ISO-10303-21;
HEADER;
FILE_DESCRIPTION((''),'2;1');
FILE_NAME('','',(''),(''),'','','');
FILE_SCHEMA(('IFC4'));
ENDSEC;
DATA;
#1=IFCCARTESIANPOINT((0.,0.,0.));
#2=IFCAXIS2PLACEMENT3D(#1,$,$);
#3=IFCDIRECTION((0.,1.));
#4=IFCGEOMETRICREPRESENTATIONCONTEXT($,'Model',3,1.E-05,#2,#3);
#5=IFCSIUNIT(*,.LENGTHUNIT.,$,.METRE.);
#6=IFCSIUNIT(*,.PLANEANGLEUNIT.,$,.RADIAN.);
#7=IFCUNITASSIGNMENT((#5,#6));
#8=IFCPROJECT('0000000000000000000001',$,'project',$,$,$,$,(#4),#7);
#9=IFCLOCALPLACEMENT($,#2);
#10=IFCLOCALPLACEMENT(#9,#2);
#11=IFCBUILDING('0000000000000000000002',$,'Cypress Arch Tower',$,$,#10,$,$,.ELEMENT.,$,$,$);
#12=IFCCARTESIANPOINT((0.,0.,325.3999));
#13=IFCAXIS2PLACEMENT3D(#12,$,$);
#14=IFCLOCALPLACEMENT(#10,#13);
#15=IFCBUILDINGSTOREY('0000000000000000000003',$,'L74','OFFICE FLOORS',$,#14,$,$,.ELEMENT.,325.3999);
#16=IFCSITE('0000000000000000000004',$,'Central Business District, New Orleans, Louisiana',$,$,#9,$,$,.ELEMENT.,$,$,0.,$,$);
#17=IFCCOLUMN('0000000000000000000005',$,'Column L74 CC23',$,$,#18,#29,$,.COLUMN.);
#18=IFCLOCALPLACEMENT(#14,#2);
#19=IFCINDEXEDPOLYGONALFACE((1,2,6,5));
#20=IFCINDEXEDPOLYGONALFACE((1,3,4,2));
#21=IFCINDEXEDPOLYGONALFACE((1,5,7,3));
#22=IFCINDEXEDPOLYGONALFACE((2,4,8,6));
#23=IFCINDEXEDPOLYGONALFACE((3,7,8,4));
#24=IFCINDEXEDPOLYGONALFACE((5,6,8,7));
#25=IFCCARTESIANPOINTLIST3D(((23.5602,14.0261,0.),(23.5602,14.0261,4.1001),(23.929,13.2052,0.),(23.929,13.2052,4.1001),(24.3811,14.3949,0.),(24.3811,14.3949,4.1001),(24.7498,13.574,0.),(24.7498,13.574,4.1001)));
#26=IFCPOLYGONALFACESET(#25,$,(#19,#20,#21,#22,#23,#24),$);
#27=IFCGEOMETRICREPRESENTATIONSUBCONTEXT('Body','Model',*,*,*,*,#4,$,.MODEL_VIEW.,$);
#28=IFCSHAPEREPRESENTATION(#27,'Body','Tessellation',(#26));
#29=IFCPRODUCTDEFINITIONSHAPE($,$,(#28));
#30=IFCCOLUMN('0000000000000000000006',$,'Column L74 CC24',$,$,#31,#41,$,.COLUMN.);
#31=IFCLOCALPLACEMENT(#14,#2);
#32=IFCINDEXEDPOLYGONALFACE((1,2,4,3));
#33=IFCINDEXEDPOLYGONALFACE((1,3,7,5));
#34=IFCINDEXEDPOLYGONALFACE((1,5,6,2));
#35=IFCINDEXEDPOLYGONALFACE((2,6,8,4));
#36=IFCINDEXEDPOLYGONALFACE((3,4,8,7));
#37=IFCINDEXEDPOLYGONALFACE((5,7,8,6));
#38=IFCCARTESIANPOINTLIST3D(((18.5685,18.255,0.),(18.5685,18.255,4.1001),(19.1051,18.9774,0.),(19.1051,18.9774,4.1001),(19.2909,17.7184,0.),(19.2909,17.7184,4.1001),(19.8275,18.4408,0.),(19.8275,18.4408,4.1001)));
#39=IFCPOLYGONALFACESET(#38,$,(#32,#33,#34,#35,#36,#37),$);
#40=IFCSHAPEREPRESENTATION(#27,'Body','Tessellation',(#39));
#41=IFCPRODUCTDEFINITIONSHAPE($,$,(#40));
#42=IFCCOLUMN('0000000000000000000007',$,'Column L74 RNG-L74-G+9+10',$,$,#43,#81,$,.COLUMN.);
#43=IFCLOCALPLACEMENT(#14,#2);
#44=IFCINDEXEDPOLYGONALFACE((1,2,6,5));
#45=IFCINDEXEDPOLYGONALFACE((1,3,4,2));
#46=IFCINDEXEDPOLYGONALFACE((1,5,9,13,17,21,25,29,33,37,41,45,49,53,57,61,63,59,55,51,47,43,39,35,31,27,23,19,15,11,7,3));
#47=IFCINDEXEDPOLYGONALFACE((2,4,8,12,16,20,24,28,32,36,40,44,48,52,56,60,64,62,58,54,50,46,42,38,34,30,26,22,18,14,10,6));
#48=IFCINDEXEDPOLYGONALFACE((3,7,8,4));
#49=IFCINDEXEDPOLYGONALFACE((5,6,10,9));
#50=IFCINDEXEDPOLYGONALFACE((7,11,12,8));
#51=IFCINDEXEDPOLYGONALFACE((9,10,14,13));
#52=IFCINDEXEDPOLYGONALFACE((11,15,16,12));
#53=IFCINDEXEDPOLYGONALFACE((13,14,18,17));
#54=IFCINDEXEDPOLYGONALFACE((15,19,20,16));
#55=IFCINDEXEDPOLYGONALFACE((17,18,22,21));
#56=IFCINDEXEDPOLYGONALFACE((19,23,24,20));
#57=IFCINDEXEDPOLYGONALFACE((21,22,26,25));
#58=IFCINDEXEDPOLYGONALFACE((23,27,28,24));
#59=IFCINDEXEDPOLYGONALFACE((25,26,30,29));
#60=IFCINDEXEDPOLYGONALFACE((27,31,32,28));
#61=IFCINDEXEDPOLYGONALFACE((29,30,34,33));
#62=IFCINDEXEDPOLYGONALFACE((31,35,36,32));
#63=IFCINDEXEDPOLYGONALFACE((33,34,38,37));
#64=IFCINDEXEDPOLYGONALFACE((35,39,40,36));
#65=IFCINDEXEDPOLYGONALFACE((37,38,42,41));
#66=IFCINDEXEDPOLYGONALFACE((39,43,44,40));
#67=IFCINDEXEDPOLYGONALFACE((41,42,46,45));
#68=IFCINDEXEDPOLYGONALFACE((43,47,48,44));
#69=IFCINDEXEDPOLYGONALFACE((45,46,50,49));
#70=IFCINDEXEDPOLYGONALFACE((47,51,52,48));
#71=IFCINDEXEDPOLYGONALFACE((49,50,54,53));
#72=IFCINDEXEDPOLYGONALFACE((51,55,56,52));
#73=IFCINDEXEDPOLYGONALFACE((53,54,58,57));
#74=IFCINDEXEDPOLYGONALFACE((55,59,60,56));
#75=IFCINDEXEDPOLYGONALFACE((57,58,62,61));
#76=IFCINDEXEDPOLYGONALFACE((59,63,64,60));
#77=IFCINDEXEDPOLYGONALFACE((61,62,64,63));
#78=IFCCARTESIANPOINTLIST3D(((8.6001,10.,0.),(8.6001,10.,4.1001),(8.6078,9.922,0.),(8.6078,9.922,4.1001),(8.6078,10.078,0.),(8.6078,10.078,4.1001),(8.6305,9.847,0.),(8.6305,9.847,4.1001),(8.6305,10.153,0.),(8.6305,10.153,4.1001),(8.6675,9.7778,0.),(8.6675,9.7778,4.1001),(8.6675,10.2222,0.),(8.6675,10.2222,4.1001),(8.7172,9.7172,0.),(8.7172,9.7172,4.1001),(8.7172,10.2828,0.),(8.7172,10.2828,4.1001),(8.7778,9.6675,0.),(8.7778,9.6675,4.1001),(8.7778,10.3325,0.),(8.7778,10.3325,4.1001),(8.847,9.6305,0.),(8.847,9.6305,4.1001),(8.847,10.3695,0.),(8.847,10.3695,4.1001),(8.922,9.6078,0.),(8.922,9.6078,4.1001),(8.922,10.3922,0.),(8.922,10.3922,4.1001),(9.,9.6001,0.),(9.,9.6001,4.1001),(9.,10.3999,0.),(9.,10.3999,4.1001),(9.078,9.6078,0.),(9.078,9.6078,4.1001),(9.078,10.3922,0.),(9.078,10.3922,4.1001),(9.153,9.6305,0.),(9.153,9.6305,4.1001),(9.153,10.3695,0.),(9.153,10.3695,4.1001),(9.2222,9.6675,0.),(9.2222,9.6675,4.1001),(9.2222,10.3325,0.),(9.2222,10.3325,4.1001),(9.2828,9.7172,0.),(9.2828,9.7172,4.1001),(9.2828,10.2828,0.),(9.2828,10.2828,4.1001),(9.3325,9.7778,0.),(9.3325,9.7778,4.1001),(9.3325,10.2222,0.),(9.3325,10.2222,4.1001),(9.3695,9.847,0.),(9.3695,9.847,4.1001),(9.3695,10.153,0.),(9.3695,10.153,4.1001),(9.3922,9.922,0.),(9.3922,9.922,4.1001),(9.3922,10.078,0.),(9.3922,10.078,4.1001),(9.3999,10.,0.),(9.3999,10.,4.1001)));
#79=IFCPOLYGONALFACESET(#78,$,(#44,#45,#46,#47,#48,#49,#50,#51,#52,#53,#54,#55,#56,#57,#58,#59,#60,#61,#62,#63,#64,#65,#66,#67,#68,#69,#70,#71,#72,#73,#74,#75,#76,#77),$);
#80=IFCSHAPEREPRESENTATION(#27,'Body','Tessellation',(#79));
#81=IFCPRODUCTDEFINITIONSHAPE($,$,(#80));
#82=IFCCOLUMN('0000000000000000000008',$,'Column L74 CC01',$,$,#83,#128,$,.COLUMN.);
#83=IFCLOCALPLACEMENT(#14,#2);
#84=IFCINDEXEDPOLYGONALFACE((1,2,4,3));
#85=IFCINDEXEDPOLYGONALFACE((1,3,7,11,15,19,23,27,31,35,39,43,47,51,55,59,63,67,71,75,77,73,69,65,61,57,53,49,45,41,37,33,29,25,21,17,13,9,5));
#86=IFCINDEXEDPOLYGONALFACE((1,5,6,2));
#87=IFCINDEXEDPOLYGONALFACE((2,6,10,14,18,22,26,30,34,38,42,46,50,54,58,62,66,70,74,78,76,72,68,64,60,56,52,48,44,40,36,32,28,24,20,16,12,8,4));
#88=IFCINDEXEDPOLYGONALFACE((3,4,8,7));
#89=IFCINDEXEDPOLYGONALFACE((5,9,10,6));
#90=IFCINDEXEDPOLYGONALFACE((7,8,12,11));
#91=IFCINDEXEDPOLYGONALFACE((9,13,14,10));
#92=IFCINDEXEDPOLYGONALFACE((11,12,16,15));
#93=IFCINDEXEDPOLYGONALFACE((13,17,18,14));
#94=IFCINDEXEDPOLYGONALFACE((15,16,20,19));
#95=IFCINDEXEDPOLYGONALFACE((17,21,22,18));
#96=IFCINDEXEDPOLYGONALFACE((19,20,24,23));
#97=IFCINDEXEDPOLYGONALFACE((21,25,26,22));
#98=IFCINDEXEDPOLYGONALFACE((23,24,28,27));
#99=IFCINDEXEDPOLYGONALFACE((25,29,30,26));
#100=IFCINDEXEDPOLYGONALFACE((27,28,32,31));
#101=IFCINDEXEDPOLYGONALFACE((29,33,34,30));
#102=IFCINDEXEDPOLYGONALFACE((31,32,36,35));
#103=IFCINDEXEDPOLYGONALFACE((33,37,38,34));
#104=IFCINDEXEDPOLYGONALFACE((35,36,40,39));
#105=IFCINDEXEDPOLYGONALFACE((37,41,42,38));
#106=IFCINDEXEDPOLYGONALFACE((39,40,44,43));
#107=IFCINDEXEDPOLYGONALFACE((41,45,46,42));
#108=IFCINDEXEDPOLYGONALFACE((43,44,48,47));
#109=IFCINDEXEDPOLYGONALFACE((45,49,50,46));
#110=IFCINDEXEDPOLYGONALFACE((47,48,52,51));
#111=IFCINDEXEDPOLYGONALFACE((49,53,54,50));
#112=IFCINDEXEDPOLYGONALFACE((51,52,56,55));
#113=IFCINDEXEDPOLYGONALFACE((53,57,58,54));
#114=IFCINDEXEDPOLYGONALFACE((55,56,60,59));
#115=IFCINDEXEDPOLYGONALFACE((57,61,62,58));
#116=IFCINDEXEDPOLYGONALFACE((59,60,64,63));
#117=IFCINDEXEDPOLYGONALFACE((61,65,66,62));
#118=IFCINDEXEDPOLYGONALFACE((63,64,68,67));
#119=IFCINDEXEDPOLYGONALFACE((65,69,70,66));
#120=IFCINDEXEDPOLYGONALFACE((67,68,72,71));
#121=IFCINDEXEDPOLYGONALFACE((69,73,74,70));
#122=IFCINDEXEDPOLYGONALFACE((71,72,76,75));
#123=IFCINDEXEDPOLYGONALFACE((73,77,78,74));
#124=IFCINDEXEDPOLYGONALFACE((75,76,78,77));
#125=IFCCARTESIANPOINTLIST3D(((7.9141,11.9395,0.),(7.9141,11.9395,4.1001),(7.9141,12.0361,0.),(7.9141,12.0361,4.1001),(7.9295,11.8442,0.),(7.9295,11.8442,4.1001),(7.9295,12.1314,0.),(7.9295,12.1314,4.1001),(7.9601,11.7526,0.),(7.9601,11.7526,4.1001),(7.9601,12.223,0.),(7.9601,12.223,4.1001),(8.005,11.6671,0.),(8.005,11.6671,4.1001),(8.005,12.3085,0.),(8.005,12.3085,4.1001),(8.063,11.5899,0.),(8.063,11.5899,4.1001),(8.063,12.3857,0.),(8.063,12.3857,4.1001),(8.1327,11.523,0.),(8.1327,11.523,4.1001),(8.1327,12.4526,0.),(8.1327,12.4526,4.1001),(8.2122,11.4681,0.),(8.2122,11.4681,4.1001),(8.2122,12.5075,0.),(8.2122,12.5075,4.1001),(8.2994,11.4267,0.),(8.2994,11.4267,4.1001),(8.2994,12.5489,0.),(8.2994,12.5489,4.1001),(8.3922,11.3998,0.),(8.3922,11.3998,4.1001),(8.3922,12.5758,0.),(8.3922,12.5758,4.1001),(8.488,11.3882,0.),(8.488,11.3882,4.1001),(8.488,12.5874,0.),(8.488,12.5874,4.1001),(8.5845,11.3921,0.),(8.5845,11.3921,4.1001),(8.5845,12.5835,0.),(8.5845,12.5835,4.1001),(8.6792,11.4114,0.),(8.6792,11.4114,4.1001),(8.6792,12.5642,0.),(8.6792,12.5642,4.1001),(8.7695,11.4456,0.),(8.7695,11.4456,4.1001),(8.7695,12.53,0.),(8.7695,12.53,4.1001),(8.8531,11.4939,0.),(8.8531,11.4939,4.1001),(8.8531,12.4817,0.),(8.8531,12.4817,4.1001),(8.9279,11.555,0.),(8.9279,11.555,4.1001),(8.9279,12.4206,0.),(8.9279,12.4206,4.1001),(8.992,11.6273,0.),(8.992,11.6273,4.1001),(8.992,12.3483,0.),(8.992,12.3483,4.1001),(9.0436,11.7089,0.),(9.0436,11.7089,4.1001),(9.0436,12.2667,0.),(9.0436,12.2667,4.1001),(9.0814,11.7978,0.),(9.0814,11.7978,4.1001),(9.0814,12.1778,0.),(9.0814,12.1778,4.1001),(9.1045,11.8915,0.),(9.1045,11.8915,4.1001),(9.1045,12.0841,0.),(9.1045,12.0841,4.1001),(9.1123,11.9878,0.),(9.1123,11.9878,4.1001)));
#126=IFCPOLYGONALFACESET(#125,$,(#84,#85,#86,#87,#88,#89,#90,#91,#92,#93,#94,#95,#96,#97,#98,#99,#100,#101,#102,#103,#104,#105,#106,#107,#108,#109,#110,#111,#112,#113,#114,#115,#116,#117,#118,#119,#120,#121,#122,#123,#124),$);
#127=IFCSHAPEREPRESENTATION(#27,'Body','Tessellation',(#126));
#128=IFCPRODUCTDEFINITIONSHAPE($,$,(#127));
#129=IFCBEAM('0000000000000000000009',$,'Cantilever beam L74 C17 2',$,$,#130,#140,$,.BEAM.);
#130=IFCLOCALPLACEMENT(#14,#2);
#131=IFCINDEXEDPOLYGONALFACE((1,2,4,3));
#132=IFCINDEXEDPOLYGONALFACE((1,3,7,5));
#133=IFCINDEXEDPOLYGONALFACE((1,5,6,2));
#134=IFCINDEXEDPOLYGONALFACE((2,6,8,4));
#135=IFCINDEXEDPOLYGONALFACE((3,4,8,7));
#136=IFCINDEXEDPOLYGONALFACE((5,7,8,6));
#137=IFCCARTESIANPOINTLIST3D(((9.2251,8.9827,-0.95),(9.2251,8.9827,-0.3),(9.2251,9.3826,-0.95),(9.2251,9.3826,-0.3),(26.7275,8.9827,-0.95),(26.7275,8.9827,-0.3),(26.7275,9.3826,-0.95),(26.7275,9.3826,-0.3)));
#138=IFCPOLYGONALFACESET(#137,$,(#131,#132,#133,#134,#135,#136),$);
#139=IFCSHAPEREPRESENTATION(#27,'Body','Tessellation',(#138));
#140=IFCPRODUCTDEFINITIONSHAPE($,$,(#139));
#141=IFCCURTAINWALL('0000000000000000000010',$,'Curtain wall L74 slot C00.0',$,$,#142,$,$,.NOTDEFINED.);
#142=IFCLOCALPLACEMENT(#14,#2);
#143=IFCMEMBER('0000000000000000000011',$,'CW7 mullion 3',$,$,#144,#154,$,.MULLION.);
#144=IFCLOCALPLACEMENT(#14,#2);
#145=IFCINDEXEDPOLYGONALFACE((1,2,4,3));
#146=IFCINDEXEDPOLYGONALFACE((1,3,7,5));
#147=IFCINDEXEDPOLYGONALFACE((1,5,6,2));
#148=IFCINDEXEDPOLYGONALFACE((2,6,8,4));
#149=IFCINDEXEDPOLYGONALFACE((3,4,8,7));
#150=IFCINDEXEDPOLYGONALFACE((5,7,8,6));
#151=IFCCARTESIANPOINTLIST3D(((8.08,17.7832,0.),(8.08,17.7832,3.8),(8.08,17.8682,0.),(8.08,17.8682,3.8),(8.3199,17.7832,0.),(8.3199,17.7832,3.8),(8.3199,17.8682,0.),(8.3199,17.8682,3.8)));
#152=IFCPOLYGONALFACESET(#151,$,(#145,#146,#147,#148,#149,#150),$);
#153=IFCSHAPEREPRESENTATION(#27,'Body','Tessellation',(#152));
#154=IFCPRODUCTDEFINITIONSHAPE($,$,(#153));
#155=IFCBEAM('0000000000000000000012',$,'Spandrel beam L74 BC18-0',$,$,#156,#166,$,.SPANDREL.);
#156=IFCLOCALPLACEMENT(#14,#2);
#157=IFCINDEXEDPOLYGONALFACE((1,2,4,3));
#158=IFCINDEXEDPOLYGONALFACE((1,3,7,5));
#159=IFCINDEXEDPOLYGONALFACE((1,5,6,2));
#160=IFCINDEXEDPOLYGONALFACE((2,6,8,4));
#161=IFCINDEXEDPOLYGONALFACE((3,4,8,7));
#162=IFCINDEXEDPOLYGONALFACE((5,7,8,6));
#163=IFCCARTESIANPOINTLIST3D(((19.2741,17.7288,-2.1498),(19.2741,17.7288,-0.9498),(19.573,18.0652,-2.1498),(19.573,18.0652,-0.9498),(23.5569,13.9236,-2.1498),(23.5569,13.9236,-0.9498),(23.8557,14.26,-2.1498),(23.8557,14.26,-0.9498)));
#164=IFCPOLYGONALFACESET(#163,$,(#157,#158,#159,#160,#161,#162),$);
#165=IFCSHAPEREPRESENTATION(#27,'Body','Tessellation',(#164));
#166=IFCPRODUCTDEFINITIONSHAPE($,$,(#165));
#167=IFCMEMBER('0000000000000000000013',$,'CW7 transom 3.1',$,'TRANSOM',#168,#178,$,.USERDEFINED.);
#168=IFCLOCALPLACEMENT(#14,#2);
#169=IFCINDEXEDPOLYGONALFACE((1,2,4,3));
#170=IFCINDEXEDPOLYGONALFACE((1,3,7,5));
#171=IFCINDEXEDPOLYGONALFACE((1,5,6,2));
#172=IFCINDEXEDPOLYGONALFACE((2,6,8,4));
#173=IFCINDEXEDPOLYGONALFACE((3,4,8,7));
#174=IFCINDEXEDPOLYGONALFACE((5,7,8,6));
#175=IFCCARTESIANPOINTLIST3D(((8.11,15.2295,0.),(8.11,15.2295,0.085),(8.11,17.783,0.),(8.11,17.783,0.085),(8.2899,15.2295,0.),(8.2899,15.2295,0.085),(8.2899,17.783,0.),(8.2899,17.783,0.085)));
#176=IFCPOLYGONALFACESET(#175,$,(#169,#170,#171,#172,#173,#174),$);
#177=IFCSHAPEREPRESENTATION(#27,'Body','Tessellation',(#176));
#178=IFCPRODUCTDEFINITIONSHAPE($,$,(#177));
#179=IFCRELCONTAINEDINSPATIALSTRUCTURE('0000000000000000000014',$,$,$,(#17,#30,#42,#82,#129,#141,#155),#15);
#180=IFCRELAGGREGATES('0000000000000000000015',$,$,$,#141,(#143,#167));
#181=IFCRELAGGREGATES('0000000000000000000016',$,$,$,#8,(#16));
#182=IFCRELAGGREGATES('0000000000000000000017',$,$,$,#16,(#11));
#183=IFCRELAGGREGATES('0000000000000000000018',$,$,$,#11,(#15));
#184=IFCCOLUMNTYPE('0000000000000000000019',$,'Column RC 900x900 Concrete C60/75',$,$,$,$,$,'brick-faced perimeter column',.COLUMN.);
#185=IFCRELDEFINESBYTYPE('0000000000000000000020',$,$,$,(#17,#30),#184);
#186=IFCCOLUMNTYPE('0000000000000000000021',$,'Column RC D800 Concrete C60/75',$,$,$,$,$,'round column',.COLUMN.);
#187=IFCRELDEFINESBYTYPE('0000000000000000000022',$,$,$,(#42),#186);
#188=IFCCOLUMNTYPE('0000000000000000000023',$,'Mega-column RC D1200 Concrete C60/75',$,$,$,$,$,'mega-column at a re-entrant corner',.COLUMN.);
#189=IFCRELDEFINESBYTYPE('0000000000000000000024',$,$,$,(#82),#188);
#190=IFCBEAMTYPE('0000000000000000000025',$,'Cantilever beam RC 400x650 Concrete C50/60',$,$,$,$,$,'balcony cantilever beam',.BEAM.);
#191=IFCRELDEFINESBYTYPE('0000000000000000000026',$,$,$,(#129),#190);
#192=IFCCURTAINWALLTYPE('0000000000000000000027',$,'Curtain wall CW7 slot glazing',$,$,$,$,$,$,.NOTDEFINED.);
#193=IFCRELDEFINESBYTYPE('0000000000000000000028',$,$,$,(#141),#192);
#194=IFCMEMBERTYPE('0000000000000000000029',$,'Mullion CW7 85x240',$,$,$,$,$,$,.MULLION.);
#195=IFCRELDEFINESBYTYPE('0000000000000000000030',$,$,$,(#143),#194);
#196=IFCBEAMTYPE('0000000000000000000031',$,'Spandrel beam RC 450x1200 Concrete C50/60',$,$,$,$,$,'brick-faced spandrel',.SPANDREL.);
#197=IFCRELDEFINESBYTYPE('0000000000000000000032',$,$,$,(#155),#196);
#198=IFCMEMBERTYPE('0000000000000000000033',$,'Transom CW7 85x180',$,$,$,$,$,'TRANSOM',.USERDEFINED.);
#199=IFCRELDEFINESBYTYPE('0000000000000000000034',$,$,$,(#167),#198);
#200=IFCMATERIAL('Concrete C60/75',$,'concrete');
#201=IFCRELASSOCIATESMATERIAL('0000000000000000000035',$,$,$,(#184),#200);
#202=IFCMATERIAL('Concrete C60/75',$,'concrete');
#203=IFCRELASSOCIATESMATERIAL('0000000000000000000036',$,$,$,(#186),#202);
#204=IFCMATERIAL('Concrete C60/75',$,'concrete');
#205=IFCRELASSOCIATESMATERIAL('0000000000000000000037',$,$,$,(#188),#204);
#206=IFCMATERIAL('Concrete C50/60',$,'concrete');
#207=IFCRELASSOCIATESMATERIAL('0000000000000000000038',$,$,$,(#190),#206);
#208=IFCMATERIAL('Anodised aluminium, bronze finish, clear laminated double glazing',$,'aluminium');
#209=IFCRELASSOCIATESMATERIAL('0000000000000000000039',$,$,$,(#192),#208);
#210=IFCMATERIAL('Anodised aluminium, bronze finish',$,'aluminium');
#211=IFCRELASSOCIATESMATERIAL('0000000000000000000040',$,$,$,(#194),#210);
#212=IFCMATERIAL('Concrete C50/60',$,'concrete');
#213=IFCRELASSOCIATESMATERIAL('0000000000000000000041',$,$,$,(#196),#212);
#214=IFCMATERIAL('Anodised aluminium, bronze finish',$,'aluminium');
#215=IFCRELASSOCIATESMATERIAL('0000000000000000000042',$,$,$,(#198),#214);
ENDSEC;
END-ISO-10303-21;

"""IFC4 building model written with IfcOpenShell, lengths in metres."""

from ifc_helpers import new_model, si_unit, direction, frame, origin, origin_2d, place, context, subcontext, project, spatial, rectangle, circle, extrude, material, material_profile, profile_set, type_object, element, aggregate, save


model = new_model("IFC4")

# Units and contexts
model_context = context("Model", 3, precision=1e-05, world=origin(), true_north=direction((0.0, 1.0)))
body_context = subcontext(model_context, "Body", "Model", "MODEL_VIEW")
ifc_project = project(units=[si_unit("LENGTHUNIT", "METRE"), si_unit("PLANEANGLEUNIT", "RADIAN")], contexts=[model_context])

# Site, building, storey
site_placement = place(None, origin())
site = spatial("IfcSite", under=ifc_project, at=site_placement, Name="Central Business District, New Orleans, Louisiana", CompositionType="ELEMENT", RefElevation=0.0)
building_placement = place(site_placement, origin())
building = spatial("IfcBuilding", under=site, at=building_placement, Name="Cypress Arch Tower", CompositionType="ELEMENT")
storey_placement = place(building_placement, frame((0.0, 0.0, 325.3999)))
storey = spatial("IfcBuildingStorey", under=building, at=storey_placement, Name="L74", Description="OFFICE FLOORS", CompositionType="ELEMENT", Elevation=325.3999)

# Columns
ifc_material_1 = material(Name="Concrete C60/75", Category="concrete")
ifc_material_profile_1 = material_profile(ifc_material_1, rectangle(XDim=0.8999, YDim=0.8999, at=origin_2d()), Name="RC 900x900")
ifc_profile_set_1 = profile_set([ifc_material_profile_1], Name="Concrete C60/75")
column_type_1 = type_object("IfcColumnType", Name="Column RC 900x900 Concrete C60/75", ElementType="brick-faced perimeter column", PredefinedType="COLUMN", material=ifc_profile_set_1)
for number, where, z_axis, x_axis, name in (
    (1, (24.155, 13.8, 0.0), (0.0, 0.0, 1.0), (-0.409765, 0.912191, 0.0), "Column L74 CC23"),
    (2, (19.198, 18.3479, 0.0), (0.0, 0.0, 1.0), (-0.802799, 0.59625, 0.0), "Column L74 CC24"),
):
    element("IfcColumn", number, at=place(storey_placement, frame(where, z_axis=z_axis, x_axis=x_axis)), inside=storey, type_object=column_type_1, Name=name, PredefinedType="COLUMN", context=body_context, shape_type="SweptSolid", body=[
        extrude(rectangle(XDim=0.8999, YDim=0.8999, at=origin_2d()), origin(), (0.0, 0.0, 1.0), 4.1001),
    ])
ifc_material_2 = material(Name="Concrete C60/75", Category="concrete")
ifc_material_profile_2 = material_profile(ifc_material_2, circle(Radius=0.3999, at=origin_2d()), Name="RC D800")
ifc_profile_set_2 = profile_set([ifc_material_profile_2], Name="Concrete C60/75")
column_type_2 = type_object("IfcColumnType", Name="Column RC D800 Concrete C60/75", ElementType="round column", PredefinedType="COLUMN", material=ifc_profile_set_2)
column_1_placement = place(storey_placement, frame((9.0, 10.0, 0.0), z_axis=(0.0, 0.0, 1.0), x_axis=(1.0, 0.0, 0.0)))
element("IfcColumn", 3, at=column_1_placement, inside=storey, type_object=column_type_2, Name="Column L74 RNG-L74-G+9+10", PredefinedType="COLUMN", context=body_context, shape_type="SweptSolid", body=[
    extrude(circle(Radius=0.3999, at=origin_2d()), origin(), (0.0, 0.0, 1.0), 4.1001),
])
ifc_material_3 = material(Name="Concrete C60/75", Category="concrete")
ifc_material_profile_3 = material_profile(ifc_material_3, circle(Radius=0.6001, at=origin_2d()), Name="RC D1200")
ifc_profile_set_3 = profile_set([ifc_material_profile_3], Name="Concrete C60/75")
column_type_3 = type_object("IfcColumnType", Name="Mega-column RC D1200 Concrete C60/75", ElementType="mega-column at a re-entrant corner", PredefinedType="COLUMN", material=ifc_profile_set_3)
column_2_placement = place(storey_placement, frame((8.5122, 11.9878, 0.0), z_axis=(0.0, 0.0, 1.0), x_axis=(1.0, 0.0, 0.0)))
element("IfcColumn", 4, at=column_2_placement, inside=storey, type_object=column_type_3, Name="Column L74 CC01", PredefinedType="COLUMN", context=body_context, shape_type="SweptSolid", body=[
    extrude(circle(Radius=0.6001, at=origin_2d()), origin(), (0.0, 0.0, 1.0), 4.1001),
])

# Beam
ifc_material_4 = material(Name="Concrete C50/60", Category="concrete")
ifc_material_profile_4 = material_profile(ifc_material_4, rectangle(XDim=0.3999, YDim=0.6499, at=origin_2d()), Name="RC 400x650")
ifc_profile_set_4 = profile_set([ifc_material_profile_4], Name="Concrete C50/60")
beam_type_1 = type_object("IfcBeamType", Name="Cantilever beam RC 400x650 Concrete C50/60", ElementType="balcony cantilever beam", PredefinedType="BEAM", material=ifc_profile_set_4)
beam_1_placement = place(storey_placement, frame((9.2251, 9.1826, -0.625), z_axis=(1.0, 0.0, 0.0), x_axis=(0.0, 1.0, 0.0)))
element("IfcBeam", 5, at=beam_1_placement, inside=storey, type_object=beam_type_1, Name="Cantilever beam L74 C17 2", PredefinedType="BEAM", context=body_context, shape_type="SweptSolid", body=[
    extrude(rectangle(XDim=0.3999, YDim=0.6499, at=origin_2d()), origin(), (0.0, 0.0, 1.0), 17.5024),
])

# Curtain wall, member
ifc_material_5 = material(Name="Anodised aluminium, bronze finish, clear laminated double glazing", Category="aluminium")
curtain_wall_type = type_object("IfcCurtainWallType", Name="Curtain wall CW7 slot glazing", PredefinedType="NOTDEFINED", material=ifc_material_5)
curtain_wall_placement = place(storey_placement, origin())
curtain_wall = element("IfcCurtainWall", 6, at=curtain_wall_placement, inside=storey, type_object=curtain_wall_type, Name="Curtain wall L74 slot C00.0", PredefinedType="NOTDEFINED")
ifc_material_6 = material(Name="Anodised aluminium, bronze finish", Category="aluminium")
ifc_material_profile_5 = material_profile(ifc_material_6, rectangle(XDim=0.24, YDim=0.085, at=origin_2d()), Name="Mullion 85x240")
ifc_profile_set_5 = profile_set([ifc_material_profile_5], Name="Anodised aluminium, bronze finish")
member_type_1 = type_object("IfcMemberType", Name="Mullion CW7 85x240", PredefinedType="MULLION", material=ifc_profile_set_5)
member_1_placement = place(storey_placement, frame((8.2, 17.8257, 0.0), z_axis=(0.0, 0.0, 1.0), x_axis=(1.0, 0.0, 0.0)))
member_1 = element("IfcMember", 7, at=member_1_placement, type_object=member_type_1, Name="CW7 mullion 3", PredefinedType="MULLION", context=body_context, shape_type="SweptSolid", body=[
    extrude(rectangle(XDim=0.24, YDim=0.085, at=origin_2d()), origin(), (0.0, 0.0, 1.0), 3.8),
])

# Beam
ifc_material_7 = material(Name="Concrete C50/60", Category="concrete")
ifc_material_profile_6 = material_profile(ifc_material_7, rectangle(XDim=0.45, YDim=1.2, at=origin_2d()), Name="RC 450x1200")
ifc_profile_set_6 = profile_set([ifc_material_profile_6], Name="Concrete C50/60")
beam_type_2 = type_object("IfcBeamType", Name="Spandrel beam RC 450x1200 Concrete C50/60", ElementType="brick-faced spandrel", PredefinedType="SPANDREL", material=ifc_profile_set_6)
beam_2_placement = place(storey_placement, frame((23.7063, 14.0918, -1.5498), z_axis=(-0.747555, 0.6642, 0.0), x_axis=(-0.6642, -0.747555, 0.0)))
element("IfcBeam", 8, at=beam_2_placement, inside=storey, type_object=beam_type_2, Name="Spandrel beam L74 BC18-0", PredefinedType="SPANDREL", context=body_context, shape_type="SweptSolid", body=[
    extrude(rectangle(XDim=0.45, YDim=1.2, at=origin_2d()), origin(), (0.0, 0.0, 1.0), 5.729),
])

# Member
ifc_material_8 = material(Name="Anodised aluminium, bronze finish", Category="aluminium")
ifc_material_profile_7 = material_profile(ifc_material_8, rectangle(XDim=0.1799, YDim=0.085, at=origin_2d()), Name="Transom 85x180")
ifc_profile_set_7 = profile_set([ifc_material_profile_7], Name="Anodised aluminium, bronze finish")
member_type_2 = type_object("IfcMemberType", Name="Transom CW7 85x180", ElementType="TRANSOM", PredefinedType="USERDEFINED", material=ifc_profile_set_7)
member_2_placement = place(storey_placement, frame((8.2, 17.783, 0.0425), z_axis=(0.0, -1.0, 0.0), x_axis=(1.0, 0.0, 0.0)))
member_2 = element("IfcMember", 9, at=member_2_placement, type_object=member_type_2, Name="CW7 transom 3.1", ObjectType="TRANSOM", PredefinedType="USERDEFINED", context=body_context, shape_type="SweptSolid", body=[
    extrude(rectangle(XDim=0.1799, YDim=0.085, at=origin_2d()), origin(), (0.0, 0.0, 1.0), 2.5535),
])

aggregate(curtain_wall, [member_1, member_2])

save(model, "model.ifc")
